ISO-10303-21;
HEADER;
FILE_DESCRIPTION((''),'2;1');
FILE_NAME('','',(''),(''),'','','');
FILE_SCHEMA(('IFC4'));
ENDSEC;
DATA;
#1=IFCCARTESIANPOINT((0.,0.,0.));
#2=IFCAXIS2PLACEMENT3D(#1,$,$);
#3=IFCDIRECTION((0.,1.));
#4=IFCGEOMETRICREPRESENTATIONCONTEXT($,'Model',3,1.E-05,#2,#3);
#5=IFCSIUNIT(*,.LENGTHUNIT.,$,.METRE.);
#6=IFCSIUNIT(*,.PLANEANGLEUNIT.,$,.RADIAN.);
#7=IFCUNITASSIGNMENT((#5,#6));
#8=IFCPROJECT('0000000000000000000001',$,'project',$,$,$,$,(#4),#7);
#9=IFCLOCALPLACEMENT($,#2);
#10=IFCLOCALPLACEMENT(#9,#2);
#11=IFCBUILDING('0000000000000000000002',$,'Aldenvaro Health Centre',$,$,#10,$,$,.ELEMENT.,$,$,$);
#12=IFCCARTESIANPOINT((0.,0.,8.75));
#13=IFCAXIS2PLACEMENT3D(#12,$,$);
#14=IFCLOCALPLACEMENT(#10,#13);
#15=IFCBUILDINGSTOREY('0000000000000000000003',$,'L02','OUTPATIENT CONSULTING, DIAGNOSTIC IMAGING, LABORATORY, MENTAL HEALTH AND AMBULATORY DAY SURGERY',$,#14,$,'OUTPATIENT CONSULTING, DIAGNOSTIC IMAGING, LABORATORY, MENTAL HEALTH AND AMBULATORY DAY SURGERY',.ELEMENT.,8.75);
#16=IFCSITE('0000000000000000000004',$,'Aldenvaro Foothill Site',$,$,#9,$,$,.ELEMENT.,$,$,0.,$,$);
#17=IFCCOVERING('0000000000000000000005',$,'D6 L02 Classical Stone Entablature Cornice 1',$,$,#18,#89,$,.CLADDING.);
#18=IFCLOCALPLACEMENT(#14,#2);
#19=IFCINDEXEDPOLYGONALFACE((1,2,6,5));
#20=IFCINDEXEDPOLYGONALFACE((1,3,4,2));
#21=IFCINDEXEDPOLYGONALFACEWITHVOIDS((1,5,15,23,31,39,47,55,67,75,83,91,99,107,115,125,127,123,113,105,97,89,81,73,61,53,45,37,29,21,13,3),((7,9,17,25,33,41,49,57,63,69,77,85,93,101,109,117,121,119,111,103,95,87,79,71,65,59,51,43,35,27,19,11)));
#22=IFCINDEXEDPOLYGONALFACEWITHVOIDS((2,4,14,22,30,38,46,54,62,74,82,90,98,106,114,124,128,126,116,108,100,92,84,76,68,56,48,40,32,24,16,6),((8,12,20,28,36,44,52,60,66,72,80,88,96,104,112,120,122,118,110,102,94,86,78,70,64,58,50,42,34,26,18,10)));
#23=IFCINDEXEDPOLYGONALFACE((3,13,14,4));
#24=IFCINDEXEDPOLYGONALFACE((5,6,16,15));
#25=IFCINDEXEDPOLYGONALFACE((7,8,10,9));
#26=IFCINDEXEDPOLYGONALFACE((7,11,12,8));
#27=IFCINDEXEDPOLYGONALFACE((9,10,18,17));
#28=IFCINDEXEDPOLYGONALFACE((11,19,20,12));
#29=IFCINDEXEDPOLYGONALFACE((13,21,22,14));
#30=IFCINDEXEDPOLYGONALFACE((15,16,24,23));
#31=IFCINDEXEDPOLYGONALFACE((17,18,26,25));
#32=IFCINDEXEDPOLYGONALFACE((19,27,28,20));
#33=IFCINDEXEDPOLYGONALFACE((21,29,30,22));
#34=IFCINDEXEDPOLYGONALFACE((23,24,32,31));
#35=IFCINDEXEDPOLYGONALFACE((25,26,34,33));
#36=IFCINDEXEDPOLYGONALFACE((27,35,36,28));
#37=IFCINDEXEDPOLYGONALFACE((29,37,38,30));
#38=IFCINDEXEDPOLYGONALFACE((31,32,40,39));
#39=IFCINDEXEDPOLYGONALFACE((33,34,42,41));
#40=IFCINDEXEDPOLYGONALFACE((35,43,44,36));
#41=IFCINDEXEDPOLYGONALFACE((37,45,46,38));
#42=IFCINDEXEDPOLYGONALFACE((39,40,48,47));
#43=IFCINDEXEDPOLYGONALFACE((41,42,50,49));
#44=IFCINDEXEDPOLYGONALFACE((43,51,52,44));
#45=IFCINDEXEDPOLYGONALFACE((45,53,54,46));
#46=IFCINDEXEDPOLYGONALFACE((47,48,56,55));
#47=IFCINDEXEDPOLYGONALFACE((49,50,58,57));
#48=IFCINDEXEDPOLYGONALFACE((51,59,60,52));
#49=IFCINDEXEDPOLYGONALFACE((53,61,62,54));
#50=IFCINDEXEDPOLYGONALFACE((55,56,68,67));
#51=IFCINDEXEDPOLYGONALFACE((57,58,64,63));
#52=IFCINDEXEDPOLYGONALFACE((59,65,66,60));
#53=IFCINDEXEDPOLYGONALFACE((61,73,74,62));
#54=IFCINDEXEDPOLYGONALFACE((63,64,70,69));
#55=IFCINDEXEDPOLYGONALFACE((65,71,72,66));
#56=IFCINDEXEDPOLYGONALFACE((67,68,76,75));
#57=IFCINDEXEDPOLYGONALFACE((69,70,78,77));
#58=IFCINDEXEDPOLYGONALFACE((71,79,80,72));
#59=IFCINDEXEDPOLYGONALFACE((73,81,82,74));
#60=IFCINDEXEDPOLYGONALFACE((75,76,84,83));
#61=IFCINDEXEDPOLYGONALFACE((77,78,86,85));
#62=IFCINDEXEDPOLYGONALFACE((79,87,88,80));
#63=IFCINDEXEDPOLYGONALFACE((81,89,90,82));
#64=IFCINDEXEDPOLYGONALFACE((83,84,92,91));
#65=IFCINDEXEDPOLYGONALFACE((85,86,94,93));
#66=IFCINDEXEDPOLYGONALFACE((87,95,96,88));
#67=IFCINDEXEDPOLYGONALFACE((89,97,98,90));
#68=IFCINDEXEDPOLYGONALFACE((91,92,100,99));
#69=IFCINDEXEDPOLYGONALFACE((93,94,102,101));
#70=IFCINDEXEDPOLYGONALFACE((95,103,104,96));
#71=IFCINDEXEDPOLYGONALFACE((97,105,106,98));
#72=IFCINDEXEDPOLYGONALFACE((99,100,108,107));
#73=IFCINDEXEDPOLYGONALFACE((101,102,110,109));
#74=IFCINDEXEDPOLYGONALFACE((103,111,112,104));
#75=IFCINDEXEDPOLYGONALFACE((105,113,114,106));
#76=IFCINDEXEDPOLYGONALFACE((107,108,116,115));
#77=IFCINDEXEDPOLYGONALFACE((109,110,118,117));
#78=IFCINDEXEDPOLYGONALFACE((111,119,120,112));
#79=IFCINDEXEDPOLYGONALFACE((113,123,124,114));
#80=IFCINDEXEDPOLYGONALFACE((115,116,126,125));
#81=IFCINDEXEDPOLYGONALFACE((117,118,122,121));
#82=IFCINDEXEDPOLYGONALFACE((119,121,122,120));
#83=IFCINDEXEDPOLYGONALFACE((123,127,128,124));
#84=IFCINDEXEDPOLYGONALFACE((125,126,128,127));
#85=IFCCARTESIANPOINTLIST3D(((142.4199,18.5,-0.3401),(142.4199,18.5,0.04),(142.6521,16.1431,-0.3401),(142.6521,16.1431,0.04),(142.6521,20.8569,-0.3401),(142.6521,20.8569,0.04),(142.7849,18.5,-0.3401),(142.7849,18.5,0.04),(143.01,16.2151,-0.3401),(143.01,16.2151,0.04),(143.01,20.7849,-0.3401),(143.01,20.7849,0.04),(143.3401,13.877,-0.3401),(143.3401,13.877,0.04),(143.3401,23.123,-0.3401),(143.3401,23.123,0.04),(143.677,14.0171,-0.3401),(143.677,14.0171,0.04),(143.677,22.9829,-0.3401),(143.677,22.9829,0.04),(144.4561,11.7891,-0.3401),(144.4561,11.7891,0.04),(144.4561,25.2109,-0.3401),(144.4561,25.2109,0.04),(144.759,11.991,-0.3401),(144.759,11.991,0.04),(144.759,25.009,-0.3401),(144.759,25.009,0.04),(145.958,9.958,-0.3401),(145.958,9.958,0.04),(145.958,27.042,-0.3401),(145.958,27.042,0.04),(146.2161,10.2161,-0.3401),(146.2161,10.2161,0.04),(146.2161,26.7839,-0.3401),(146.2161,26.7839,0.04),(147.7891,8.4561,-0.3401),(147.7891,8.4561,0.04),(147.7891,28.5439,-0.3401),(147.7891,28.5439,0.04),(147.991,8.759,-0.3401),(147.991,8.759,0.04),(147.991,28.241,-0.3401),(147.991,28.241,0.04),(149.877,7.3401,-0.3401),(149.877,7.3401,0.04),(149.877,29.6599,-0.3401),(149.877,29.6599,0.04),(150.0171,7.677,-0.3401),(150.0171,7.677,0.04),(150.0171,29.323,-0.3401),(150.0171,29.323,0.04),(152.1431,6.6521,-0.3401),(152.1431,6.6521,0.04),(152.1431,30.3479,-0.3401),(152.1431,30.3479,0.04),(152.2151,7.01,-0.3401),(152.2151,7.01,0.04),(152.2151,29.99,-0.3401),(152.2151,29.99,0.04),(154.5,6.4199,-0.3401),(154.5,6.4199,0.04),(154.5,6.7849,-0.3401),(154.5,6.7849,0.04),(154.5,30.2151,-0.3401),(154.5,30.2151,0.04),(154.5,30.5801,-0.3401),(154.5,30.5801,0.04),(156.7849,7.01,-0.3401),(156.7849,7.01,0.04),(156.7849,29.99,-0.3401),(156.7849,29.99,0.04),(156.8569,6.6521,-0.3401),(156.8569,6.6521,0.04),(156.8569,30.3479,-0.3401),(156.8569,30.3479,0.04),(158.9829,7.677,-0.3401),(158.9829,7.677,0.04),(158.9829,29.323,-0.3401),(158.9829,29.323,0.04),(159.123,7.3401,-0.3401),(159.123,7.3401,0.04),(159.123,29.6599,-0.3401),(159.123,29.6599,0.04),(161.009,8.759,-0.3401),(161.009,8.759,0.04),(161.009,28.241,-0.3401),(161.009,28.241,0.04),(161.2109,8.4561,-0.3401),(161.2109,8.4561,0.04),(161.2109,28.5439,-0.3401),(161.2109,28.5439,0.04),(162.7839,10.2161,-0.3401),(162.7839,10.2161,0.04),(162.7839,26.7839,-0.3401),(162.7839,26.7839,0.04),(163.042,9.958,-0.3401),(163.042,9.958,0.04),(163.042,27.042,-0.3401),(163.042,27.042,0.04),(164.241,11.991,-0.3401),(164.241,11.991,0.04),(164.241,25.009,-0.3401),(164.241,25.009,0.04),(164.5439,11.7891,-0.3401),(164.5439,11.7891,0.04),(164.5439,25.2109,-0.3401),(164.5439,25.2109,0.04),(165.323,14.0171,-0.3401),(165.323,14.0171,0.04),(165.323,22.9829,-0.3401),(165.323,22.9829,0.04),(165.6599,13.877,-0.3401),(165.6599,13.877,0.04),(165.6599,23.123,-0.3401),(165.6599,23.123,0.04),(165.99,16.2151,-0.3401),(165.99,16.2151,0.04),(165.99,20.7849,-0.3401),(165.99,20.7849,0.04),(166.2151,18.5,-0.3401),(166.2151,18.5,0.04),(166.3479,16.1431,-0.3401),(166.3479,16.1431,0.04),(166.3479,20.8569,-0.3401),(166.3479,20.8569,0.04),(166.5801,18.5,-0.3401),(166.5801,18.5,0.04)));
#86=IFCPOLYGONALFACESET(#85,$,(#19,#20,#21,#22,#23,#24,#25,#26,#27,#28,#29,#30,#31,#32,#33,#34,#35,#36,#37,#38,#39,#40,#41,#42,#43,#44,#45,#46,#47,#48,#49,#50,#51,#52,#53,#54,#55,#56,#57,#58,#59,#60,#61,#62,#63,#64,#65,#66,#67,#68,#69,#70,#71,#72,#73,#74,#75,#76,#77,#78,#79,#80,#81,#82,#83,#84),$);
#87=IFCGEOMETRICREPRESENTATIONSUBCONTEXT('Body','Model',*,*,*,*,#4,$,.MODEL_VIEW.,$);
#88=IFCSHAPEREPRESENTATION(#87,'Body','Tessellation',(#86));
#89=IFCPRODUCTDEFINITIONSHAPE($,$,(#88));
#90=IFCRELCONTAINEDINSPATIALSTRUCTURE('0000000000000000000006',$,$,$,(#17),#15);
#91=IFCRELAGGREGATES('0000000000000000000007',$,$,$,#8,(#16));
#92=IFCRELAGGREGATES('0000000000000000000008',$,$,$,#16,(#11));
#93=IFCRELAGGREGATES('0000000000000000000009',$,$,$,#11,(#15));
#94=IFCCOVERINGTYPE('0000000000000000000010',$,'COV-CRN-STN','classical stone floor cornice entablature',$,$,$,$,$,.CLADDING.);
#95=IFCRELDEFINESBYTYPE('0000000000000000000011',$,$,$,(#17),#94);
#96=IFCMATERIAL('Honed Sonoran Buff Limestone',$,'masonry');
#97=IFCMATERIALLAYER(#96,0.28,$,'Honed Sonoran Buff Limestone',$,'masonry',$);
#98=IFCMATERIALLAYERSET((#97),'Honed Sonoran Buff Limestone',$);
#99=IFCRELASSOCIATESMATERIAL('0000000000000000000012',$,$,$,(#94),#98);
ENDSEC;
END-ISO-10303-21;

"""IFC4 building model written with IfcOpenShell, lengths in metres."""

from ifc_helpers import new_model, si_unit, direction, frame, origin, place, context, subcontext, project, spatial, polyline, outline, extrude, material, layer, layer_set, type_object, element, save


model = new_model("IFC4")

# Units and contexts
model_context = context("Model", 3, precision=1e-05, world=origin(), true_north=direction((0.0, 1.0)))
body_context = subcontext(model_context, "Body", "Model", "MODEL_VIEW")
ifc_project = project(units=[si_unit("LENGTHUNIT", "METRE"), si_unit("PLANEANGLEUNIT", "RADIAN")], contexts=[model_context])

# Site, building, storey
site_placement = place(None, origin())
site = spatial("IfcSite", under=ifc_project, at=site_placement, Name="Aldenvaro Foothill Site", CompositionType="ELEMENT", RefElevation=0.0)
building_placement = place(site_placement, origin())
building = spatial("IfcBuilding", under=site, at=building_placement, Name="Aldenvaro Health Centre", CompositionType="ELEMENT")
storey_placement = place(building_placement, frame((0.0, 0.0, 8.75)))
storey = spatial("IfcBuildingStorey", under=building, at=storey_placement, Name="L02", Description="OUTPATIENT CONSULTING, DIAGNOSTIC IMAGING, LABORATORY, MENTAL HEALTH AND AMBULATORY DAY SURGERY", LongName="OUTPATIENT CONSULTING, DIAGNOSTIC IMAGING, LABORATORY, MENTAL HEALTH AND AMBULATORY DAY SURGERY", CompositionType="ELEMENT", Elevation=8.75)

# Covering
ifc_material_1 = material(Name="Honed Sonoran Buff Limestone", Category="masonry")
ifc_layer_1 = layer(ifc_material_1, 0.28, Name="Honed Sonoran Buff Limestone", Category="masonry")
ifc_layer_set_1 = layer_set([ifc_layer_1], Name="Honed Sonoran Buff Limestone")
covering_type = type_object("IfcCoveringType", Name="COV-CRN-STN", Description="classical stone floor cornice entablature", PredefinedType="CLADDING", material=ifc_layer_set_1)
covering_1_placement = place(storey_placement, frame((0.0, 0.0, -0.3401)))
element("IfcCovering", 1, at=covering_1_placement, inside=storey, type_object=covering_type, Name="D6 L02 Classical Stone Entablature Cornice 1", PredefinedType="CLADDING", context=body_context, shape_type="SweptSolid", body=[
    extrude(outline(polyline([(166.5801, 18.5), (166.3479, 20.8569), (165.6599, 23.123), (164.5439, 25.2109), (163.042, 27.042), (161.2109, 28.5439), (159.123, 29.6599), (156.8569, 30.3479), (154.5, 30.5801), (152.1431, 30.3479), (149.877, 29.6599), (147.7891, 28.5439), (145.958, 27.042), (144.4561, 25.2109), (143.3401, 23.123), (142.6521, 20.8569), (142.4199, 18.5), (142.6521, 16.1431), (143.3401, 13.877), (144.4561, 11.7891), (145.958, 9.958), (147.7891, 8.4561), (149.877, 7.3401), (152.1431, 6.6521), (154.5, 6.4199), (156.8569, 6.6521), (159.123, 7.3401), (161.2109, 8.4561), (163.042, 9.958), (164.5439, 11.7891), (165.6599, 13.877), (166.3479, 16.1431), (166.5801, 18.5)]), holes=[polyline([(166.2151, 18.5), (165.99, 16.2151), (165.323, 14.0171), (164.241, 11.991), (162.7839, 10.2161), (161.009, 8.759), (158.9829, 7.677), (156.7849, 7.01), (154.5, 6.7849), (152.2151, 7.01), (150.0171, 7.677), (147.991, 8.759), (146.2161, 10.2161), (144.759, 11.991), (143.677, 14.0171), (143.01, 16.2151), (142.7849, 18.5), (143.01, 20.7849), (143.677, 22.9829), (144.759, 25.009), (146.2161, 26.7839), (147.991, 28.241), (150.0171, 29.323), (152.2151, 29.99), (154.5, 30.2151), (156.7849, 29.99), (158.9829, 29.323), (161.009, 28.241), (162.7839, 26.7839), (164.241, 25.009), (165.323, 22.9829), (165.99, 20.7849), (166.2151, 18.5)])]), origin(), (0.0, 0.0, 1.0), 0.3801),
])

save(model, "model.ifc")
